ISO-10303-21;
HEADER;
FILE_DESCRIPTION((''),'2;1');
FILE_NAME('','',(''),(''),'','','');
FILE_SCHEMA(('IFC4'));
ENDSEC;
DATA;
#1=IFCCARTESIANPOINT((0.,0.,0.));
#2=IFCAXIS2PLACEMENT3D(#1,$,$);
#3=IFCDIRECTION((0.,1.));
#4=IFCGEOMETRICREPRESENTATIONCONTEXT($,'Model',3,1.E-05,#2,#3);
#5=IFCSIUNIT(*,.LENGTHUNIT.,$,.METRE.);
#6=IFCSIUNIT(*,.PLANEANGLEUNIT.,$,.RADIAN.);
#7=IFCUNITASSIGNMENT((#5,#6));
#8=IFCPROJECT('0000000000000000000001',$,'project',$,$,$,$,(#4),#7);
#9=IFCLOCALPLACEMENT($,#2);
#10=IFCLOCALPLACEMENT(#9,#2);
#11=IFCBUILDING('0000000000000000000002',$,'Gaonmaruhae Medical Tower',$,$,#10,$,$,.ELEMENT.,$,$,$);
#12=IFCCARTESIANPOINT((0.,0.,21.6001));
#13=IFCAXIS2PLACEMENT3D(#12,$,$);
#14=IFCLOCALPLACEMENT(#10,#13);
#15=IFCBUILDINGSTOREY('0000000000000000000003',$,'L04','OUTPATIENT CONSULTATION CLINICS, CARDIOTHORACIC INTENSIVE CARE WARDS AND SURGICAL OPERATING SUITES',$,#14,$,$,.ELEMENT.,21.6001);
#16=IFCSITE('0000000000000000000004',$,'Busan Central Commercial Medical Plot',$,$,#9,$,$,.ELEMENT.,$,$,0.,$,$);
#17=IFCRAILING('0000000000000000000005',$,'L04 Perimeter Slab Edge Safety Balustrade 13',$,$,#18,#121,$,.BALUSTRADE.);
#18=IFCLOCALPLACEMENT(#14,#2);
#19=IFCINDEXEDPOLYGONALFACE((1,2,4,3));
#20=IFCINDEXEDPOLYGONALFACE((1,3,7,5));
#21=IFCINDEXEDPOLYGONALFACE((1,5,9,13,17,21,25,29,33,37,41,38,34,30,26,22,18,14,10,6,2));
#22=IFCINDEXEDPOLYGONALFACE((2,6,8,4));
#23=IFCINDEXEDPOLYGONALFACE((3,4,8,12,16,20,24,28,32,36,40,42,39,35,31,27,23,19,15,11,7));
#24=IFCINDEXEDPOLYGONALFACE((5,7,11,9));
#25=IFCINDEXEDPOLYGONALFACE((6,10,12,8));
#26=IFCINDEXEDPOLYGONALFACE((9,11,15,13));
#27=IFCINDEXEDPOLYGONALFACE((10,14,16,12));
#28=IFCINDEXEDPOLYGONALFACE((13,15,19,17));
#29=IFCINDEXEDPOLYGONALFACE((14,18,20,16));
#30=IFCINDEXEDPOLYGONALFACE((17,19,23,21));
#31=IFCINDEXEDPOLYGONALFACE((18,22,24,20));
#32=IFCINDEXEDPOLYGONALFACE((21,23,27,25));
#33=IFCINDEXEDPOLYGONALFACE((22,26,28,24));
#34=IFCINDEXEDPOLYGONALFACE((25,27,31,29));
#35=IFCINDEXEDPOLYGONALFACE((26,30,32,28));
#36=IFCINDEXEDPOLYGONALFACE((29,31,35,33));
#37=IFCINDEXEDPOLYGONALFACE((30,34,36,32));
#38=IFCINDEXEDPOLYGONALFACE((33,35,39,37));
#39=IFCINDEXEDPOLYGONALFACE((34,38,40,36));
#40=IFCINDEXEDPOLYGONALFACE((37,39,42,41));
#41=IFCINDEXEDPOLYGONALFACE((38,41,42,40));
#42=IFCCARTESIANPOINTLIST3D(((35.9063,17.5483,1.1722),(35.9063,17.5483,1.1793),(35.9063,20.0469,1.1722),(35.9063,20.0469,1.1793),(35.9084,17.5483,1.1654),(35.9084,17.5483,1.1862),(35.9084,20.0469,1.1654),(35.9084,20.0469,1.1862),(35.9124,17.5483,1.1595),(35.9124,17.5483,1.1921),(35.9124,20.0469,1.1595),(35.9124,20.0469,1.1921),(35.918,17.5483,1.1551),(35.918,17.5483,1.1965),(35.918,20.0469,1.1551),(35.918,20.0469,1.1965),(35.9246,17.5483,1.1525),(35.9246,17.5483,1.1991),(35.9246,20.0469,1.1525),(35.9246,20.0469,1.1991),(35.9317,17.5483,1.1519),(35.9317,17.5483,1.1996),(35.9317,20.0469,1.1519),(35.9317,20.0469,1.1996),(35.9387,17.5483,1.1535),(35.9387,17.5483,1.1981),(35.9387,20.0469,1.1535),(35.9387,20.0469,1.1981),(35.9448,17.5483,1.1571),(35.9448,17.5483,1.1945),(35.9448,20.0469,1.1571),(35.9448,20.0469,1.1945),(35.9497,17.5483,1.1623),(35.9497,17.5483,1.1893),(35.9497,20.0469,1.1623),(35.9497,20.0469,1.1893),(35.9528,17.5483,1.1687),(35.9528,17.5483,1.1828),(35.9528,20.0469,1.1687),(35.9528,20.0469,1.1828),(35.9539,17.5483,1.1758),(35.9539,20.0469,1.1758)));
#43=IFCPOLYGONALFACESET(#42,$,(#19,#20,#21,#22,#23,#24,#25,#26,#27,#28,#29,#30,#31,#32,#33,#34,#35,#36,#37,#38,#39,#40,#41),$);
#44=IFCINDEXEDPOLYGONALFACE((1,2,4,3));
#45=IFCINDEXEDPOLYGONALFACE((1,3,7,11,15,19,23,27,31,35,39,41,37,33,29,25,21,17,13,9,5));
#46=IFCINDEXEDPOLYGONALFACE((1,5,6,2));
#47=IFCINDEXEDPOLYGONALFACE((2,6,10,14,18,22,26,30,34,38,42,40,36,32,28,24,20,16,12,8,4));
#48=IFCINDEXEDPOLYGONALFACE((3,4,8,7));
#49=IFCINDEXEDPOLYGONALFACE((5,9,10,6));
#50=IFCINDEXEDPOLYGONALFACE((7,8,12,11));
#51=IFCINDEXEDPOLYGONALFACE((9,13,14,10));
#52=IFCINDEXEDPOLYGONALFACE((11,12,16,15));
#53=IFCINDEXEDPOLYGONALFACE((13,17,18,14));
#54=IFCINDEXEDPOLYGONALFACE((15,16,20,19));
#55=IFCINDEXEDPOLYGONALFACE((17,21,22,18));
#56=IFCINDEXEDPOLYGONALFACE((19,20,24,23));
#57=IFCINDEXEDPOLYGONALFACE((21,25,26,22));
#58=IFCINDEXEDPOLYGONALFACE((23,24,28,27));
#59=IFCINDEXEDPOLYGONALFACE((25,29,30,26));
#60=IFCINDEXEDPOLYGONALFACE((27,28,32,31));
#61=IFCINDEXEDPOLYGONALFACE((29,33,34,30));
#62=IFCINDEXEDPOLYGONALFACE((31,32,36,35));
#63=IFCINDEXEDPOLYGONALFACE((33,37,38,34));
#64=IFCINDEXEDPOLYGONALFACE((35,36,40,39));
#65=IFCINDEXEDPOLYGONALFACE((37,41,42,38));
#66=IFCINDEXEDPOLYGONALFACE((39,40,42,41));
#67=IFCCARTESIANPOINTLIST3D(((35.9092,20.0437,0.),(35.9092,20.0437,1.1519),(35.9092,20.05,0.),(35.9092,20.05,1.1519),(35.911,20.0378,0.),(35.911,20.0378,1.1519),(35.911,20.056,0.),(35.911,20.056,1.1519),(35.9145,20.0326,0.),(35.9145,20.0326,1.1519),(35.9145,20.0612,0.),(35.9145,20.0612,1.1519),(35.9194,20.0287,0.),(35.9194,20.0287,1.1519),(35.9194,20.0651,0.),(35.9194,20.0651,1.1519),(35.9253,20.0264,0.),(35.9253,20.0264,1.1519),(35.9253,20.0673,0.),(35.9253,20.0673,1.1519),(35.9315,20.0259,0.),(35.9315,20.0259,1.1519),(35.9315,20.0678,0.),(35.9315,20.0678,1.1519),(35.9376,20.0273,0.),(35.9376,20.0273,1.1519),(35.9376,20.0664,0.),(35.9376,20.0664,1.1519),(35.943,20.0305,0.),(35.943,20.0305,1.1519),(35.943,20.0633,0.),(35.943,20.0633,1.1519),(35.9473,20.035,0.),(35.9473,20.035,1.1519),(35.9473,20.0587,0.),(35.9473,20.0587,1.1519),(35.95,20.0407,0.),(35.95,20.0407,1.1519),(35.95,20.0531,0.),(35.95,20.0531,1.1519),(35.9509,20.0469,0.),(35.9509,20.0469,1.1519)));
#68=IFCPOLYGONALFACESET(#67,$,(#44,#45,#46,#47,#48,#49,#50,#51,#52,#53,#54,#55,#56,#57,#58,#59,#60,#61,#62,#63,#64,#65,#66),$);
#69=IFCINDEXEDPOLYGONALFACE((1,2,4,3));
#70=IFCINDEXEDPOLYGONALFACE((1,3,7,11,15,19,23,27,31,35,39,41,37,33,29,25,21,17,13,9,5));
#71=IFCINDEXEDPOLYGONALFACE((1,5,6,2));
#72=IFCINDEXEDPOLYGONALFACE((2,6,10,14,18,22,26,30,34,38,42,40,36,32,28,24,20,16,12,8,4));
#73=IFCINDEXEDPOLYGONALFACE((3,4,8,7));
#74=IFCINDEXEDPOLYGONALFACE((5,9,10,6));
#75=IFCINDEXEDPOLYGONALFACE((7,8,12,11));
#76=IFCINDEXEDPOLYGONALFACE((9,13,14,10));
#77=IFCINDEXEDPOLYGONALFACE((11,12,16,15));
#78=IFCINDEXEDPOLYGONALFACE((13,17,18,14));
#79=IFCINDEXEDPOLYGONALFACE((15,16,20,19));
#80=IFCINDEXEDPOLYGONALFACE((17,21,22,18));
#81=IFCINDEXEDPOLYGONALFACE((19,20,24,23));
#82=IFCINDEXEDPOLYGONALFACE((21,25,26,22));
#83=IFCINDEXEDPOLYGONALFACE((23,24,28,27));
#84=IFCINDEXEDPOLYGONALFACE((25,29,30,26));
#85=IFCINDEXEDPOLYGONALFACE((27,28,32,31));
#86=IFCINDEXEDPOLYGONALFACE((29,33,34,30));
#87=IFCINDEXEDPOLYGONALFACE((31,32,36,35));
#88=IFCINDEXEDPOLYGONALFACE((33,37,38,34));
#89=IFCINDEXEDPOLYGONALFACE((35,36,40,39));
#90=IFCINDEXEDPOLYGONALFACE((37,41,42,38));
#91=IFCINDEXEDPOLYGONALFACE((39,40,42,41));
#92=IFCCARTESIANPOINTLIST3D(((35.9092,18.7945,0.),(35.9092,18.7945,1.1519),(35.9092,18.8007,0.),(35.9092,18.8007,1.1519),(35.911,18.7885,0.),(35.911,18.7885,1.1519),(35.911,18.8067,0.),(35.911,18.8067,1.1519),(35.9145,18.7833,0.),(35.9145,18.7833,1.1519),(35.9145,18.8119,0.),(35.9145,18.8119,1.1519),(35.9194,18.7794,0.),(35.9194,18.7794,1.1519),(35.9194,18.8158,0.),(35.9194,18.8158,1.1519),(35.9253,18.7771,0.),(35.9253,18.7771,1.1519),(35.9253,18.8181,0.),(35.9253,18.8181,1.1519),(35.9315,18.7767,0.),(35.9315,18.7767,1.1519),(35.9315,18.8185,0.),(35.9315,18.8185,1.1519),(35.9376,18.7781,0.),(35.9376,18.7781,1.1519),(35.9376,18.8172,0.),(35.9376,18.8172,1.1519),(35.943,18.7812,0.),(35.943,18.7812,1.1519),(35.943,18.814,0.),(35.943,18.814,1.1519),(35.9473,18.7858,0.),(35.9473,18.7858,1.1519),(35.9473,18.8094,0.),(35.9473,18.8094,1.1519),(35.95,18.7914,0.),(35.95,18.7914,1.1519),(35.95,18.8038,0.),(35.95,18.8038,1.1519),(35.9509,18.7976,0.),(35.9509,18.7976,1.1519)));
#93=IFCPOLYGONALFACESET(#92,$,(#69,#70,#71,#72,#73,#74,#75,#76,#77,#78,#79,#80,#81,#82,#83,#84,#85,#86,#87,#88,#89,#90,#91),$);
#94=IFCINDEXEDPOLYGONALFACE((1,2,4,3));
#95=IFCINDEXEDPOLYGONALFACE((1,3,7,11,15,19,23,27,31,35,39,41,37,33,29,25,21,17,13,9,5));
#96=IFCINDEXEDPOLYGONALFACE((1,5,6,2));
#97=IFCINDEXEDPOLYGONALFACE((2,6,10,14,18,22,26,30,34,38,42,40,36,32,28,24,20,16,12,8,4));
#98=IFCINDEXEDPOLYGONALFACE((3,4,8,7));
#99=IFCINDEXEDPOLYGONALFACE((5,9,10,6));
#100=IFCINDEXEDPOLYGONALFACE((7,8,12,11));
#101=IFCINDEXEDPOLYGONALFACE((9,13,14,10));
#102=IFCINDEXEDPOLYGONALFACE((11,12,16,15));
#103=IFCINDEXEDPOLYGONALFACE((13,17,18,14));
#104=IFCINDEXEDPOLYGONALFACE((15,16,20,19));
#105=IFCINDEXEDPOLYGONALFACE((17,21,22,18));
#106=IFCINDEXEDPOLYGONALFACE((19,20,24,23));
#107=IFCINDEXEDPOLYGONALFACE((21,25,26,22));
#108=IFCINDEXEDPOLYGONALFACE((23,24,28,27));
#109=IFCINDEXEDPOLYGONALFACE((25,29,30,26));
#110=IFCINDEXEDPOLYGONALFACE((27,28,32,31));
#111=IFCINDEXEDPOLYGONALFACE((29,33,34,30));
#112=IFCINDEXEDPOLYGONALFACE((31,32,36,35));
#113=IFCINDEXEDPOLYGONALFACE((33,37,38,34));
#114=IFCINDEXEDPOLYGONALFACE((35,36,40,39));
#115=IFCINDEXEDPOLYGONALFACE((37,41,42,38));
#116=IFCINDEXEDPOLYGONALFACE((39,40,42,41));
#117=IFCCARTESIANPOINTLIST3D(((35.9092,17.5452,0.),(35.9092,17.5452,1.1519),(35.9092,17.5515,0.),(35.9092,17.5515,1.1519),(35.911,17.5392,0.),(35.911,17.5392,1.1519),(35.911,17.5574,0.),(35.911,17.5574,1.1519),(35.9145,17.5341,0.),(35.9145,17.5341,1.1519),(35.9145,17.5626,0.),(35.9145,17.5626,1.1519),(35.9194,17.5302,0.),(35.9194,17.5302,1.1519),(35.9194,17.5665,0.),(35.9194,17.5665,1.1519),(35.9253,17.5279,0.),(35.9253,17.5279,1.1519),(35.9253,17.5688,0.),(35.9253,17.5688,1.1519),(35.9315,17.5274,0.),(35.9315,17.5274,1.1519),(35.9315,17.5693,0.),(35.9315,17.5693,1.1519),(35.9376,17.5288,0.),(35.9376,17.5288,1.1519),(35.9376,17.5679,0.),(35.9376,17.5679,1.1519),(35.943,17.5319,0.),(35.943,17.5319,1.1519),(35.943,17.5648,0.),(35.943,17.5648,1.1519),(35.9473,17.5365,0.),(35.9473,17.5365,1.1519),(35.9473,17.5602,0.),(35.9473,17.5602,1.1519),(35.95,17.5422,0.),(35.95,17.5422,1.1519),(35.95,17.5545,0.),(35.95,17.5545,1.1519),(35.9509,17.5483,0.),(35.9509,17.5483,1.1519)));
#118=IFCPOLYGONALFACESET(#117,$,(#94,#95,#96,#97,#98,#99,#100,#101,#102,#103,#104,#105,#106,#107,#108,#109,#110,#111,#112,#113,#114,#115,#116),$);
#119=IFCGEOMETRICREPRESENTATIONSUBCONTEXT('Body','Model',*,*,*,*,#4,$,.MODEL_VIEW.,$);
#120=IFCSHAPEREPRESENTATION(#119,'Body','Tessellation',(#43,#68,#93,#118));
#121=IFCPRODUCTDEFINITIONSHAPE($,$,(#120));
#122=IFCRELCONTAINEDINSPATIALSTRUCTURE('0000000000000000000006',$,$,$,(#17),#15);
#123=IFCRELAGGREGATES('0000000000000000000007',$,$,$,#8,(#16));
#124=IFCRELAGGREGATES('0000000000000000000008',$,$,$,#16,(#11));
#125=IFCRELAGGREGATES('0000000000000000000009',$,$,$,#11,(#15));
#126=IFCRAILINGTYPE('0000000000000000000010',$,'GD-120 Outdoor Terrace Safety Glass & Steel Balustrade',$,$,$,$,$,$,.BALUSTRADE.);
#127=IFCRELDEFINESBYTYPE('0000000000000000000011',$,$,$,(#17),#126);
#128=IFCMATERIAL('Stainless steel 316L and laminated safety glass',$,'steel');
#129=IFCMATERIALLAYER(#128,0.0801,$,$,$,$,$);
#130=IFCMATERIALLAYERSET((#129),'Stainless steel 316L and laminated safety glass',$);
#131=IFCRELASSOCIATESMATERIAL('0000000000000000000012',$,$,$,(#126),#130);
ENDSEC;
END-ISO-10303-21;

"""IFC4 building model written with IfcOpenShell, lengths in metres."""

from ifc_helpers import new_model, si_unit, direction, frame, origin, origin_2d, place, context, subcontext, project, spatial, circle, extrude, material, layer, layer_set, type_object, element, save


model = new_model("IFC4")

# Units and contexts
model_context = context("Model", 3, precision=1e-05, world=origin(), true_north=direction((0.0, 1.0)))
body_context = subcontext(model_context, "Body", "Model", "MODEL_VIEW")
ifc_project = project(units=[si_unit("LENGTHUNIT", "METRE"), si_unit("PLANEANGLEUNIT", "RADIAN")], contexts=[model_context])

# Site, building, storey
site_placement = place(None, origin())
site = spatial("IfcSite", under=ifc_project, at=site_placement, Name="Busan Central Commercial Medical Plot", CompositionType="ELEMENT", RefElevation=0.0)
building_placement = place(site_placement, origin())
building = spatial("IfcBuilding", under=site, at=building_placement, Name="Gaonmaruhae Medical Tower", CompositionType="ELEMENT")
storey_placement = place(building_placement, frame((0.0, 0.0, 21.6001)))
storey = spatial("IfcBuildingStorey", under=building, at=storey_placement, Name="L04", Description="OUTPATIENT CONSULTATION CLINICS, CARDIOTHORACIC INTENSIVE CARE WARDS AND SURGICAL OPERATING SUITES", CompositionType="ELEMENT", Elevation=21.6001)

# Railing
ifc_material_1 = material(Name="Stainless steel 316L and laminated safety glass", Category="steel")
ifc_layer_1 = layer(ifc_material_1, 0.0801)
ifc_layer_set_1 = layer_set([ifc_layer_1], Name="Stainless steel 316L and laminated safety glass")
railing_type_1 = type_object("IfcRailingType", Name="GD-120 Outdoor Terrace Safety Glass & Steel Balustrade", PredefinedType="BALUSTRADE", material=ifc_layer_set_1)
railing_1_placement = place(storey_placement, frame((35.9299, 20.0469, 0.0)))
element("IfcRailing", 1, at=railing_1_placement, inside=storey, type_object=railing_type_1, Name="L04 Perimeter Slab Edge Safety Balustrade 13", PredefinedType="BALUSTRADE", context=body_context, shape_type="SweptSolid", body=[
    extrude(circle(Radius=0.0239, at=origin_2d()), frame((0.0, 0.0, 1.1758), z_axis=(0.0, -1.0, 0.0), x_axis=(1.0, 0.0, 0.0)), (0.0, 0.0, 1.0), 2.4985),
    extrude(circle(Radius=0.021, at=origin_2d()), origin(), (0.0, 0.0, 1.0), 1.1519),
    extrude(circle(Radius=0.021, at=origin_2d()), frame((0.0, -1.2493, 0.0)), (0.0, 0.0, 1.0), 1.1519),
    extrude(circle(Radius=0.021, at=origin_2d()), frame((0.0, -2.4985, 0.0)), (0.0, 0.0, 1.0), 1.1519),
])

save(model, "model.ifc")
